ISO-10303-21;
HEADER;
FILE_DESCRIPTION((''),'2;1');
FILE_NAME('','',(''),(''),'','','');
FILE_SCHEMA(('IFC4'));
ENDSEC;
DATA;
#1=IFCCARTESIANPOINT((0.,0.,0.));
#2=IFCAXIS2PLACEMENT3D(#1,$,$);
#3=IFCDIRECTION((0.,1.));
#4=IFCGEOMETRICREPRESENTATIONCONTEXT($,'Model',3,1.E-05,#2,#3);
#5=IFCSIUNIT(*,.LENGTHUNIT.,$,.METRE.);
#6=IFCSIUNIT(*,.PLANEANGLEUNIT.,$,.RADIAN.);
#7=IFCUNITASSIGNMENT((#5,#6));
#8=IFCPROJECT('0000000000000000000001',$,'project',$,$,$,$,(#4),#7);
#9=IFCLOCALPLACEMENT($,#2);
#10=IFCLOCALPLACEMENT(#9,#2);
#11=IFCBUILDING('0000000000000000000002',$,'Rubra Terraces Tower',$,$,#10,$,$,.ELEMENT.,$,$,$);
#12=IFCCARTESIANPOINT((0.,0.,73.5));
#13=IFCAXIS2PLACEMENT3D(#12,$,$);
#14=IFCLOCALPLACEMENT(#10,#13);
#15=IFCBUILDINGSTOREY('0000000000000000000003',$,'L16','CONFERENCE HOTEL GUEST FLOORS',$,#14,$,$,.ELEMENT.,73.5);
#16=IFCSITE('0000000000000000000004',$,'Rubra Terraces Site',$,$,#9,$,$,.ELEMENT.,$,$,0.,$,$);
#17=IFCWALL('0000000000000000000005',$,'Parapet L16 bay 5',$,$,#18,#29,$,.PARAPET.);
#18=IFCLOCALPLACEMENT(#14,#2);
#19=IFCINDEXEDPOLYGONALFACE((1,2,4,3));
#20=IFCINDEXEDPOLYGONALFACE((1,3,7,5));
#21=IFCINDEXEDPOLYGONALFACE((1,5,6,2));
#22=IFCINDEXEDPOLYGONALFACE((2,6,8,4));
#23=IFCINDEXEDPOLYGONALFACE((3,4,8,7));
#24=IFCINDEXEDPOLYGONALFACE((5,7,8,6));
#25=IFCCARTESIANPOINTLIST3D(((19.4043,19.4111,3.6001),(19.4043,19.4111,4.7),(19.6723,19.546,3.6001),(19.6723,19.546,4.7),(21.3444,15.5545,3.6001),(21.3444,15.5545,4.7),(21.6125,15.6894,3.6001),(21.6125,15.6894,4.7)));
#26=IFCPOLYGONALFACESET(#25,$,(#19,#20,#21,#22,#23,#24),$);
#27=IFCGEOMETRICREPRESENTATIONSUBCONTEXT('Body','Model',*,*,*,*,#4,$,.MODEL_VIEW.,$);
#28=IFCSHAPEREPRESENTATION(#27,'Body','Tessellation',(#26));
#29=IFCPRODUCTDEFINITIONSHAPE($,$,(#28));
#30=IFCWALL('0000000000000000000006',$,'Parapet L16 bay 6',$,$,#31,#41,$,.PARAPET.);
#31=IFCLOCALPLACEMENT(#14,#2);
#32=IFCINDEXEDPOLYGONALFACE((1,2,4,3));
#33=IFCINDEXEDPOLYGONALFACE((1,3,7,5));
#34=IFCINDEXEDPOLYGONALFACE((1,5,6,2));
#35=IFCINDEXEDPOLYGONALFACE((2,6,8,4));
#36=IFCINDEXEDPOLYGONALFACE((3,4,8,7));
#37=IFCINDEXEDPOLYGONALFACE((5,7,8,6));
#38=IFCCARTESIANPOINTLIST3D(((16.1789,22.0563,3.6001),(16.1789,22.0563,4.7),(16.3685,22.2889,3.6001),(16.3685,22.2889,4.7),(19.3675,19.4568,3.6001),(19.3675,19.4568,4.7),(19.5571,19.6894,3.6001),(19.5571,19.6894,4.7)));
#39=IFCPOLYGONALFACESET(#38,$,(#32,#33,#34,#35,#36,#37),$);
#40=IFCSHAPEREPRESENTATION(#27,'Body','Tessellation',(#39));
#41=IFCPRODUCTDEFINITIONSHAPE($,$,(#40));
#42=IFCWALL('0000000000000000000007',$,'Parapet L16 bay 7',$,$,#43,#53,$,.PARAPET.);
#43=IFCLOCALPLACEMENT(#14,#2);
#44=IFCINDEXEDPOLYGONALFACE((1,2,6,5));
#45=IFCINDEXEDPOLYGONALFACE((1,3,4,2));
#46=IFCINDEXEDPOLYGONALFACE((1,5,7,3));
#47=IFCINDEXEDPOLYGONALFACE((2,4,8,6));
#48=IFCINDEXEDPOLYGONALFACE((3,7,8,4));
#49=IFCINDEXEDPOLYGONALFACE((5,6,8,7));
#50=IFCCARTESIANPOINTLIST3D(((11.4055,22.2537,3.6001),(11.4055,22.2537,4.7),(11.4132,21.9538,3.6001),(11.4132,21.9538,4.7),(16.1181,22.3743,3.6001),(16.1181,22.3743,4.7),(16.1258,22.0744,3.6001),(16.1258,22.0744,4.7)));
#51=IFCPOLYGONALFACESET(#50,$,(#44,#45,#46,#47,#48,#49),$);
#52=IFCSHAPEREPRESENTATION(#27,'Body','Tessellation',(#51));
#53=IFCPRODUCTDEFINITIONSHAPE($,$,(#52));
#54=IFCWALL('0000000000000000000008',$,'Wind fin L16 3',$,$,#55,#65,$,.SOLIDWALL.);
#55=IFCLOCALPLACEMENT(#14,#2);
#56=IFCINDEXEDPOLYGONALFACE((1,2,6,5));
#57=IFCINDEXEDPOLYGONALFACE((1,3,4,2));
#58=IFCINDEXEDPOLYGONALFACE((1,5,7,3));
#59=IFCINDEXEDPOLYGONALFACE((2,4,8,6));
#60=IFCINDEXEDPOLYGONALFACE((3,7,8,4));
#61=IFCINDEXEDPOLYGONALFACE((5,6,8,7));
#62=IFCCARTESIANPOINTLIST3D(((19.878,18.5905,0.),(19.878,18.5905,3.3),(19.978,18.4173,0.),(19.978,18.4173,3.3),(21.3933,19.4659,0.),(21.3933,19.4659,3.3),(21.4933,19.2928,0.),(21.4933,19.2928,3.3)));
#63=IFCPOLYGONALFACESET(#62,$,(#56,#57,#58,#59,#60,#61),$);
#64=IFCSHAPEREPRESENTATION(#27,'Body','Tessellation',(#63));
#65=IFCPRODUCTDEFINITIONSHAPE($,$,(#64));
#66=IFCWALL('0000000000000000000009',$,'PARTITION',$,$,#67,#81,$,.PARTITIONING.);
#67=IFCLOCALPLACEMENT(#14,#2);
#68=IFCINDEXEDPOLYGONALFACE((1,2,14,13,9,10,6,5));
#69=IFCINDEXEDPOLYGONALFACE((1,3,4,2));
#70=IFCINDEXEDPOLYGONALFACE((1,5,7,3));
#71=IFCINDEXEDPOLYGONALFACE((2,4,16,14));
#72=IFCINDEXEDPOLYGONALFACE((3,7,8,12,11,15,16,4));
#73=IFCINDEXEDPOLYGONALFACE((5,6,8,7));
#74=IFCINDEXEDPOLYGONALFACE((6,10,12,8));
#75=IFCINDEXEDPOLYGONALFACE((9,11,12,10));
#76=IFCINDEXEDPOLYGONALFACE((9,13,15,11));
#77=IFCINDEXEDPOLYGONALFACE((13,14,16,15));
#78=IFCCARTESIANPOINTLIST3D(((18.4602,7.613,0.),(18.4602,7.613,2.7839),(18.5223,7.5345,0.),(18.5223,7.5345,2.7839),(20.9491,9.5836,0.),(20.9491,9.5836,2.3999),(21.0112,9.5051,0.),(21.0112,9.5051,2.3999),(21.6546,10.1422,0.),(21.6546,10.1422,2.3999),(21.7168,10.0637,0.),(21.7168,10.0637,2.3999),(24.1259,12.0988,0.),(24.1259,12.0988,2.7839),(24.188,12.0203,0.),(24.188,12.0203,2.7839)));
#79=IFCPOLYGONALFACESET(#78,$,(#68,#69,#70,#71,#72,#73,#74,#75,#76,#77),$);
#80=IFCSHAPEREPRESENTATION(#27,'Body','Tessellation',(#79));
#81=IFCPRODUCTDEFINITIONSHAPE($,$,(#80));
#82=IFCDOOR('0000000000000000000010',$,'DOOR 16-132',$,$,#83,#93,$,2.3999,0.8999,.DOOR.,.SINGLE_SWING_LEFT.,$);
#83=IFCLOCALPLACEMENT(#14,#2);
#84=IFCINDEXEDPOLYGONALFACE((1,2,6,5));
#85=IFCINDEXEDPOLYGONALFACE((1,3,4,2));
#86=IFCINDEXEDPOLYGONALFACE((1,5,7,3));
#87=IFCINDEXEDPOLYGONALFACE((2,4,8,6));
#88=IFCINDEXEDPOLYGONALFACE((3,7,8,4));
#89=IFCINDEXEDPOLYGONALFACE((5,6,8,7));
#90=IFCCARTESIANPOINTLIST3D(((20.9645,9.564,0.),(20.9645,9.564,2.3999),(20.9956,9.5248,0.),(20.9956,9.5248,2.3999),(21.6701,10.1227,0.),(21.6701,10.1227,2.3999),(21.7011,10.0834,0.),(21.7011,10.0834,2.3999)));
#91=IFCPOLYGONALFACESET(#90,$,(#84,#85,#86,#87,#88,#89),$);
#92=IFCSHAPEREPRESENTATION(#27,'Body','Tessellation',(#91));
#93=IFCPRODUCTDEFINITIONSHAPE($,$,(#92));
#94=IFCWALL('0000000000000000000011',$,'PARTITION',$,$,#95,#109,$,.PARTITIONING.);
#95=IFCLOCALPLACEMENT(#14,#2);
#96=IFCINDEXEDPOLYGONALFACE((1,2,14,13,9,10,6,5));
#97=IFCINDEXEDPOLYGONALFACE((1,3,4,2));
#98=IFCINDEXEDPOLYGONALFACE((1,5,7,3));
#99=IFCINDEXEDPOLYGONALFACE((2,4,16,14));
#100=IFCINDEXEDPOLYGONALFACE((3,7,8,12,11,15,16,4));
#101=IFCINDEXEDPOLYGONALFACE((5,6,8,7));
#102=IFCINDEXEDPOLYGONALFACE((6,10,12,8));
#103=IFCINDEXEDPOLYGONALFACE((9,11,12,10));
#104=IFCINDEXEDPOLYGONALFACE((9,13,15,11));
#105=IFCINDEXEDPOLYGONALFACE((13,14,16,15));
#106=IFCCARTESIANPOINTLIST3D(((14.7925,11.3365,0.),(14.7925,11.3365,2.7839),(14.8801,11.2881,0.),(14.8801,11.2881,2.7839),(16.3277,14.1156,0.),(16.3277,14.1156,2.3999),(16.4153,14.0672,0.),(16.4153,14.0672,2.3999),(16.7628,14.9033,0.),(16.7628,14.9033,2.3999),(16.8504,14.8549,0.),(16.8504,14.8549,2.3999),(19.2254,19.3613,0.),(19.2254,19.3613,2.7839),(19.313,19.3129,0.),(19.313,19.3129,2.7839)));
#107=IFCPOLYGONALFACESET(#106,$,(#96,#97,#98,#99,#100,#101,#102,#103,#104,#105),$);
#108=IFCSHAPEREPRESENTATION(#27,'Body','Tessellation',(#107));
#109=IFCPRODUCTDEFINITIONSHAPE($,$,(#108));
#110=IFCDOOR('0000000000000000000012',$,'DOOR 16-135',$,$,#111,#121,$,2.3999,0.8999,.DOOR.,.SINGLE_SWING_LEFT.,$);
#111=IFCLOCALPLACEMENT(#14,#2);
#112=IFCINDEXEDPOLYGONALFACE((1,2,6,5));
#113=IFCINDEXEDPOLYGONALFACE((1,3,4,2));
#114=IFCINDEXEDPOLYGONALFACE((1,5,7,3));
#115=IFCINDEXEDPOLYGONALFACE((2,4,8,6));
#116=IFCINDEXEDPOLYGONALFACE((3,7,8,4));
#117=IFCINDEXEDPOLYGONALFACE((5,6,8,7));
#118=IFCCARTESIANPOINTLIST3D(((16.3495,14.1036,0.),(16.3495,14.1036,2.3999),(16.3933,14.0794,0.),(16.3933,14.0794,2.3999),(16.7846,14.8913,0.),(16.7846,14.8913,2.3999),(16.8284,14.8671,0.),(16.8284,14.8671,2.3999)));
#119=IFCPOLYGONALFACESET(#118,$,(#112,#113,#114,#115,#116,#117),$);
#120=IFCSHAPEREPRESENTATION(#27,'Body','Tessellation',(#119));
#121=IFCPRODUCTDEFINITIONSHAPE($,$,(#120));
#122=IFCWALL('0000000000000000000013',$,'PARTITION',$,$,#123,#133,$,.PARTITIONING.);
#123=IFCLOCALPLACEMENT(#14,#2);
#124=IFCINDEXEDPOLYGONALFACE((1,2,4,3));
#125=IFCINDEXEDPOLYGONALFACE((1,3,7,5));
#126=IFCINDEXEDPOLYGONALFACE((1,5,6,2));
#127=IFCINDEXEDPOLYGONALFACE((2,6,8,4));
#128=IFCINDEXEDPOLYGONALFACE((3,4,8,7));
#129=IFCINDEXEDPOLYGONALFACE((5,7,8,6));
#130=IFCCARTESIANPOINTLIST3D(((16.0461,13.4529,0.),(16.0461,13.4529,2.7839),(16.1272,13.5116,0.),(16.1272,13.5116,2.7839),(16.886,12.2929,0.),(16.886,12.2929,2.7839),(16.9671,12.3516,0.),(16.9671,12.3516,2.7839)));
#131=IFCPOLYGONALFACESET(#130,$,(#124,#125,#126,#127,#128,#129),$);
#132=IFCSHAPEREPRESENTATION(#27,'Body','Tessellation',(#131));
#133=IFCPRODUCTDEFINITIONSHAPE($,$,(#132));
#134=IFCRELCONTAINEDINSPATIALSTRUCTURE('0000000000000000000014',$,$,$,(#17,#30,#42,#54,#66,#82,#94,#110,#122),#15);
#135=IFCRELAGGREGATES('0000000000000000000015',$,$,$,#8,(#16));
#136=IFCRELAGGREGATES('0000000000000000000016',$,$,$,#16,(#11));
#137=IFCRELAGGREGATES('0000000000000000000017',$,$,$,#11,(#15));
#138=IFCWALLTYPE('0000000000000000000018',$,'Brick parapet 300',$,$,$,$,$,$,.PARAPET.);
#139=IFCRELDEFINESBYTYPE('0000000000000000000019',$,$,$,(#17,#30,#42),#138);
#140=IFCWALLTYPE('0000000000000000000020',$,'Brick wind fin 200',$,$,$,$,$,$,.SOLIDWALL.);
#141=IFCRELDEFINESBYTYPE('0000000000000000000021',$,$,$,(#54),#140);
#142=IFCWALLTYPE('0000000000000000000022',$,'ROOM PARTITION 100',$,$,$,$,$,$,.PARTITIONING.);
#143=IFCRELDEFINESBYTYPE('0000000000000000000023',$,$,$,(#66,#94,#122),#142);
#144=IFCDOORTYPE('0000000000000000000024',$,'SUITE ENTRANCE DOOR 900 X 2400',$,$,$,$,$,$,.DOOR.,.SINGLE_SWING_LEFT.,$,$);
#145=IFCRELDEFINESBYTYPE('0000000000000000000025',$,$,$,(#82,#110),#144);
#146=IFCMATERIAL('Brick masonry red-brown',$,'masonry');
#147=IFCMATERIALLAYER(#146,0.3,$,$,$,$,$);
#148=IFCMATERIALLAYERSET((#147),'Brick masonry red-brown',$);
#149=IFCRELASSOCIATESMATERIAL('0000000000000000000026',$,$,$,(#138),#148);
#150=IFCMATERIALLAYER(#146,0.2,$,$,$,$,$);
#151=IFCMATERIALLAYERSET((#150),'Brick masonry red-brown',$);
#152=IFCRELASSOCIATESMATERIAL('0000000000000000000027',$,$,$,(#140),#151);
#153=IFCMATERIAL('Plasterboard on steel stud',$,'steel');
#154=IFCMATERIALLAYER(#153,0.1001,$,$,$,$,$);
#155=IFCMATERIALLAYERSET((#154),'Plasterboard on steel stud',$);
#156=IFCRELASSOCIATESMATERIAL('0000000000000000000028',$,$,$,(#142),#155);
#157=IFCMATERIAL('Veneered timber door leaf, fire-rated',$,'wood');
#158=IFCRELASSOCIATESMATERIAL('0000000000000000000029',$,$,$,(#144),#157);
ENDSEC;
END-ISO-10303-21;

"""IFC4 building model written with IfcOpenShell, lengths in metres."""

from ifc_helpers import new_model, si_unit, direction, frame, frame_2d, origin, place, context, subcontext, project, spatial, rectangle, extrude, material, layer, layer_set, type_object, element, fill, save


model = new_model("IFC4")

# Units and contexts
model_context = context("Model", 3, precision=1e-05, world=origin(), true_north=direction((0.0, 1.0)))
body_context = subcontext(model_context, "Body", "Model", "MODEL_VIEW")
ifc_project = project(units=[si_unit("LENGTHUNIT", "METRE"), si_unit("PLANEANGLEUNIT", "RADIAN")], contexts=[model_context])

# Site, building, storey
site_placement = place(None, origin())
site = spatial("IfcSite", under=ifc_project, at=site_placement, Name="Rubra Terraces Site", CompositionType="ELEMENT", RefElevation=0.0)
building_placement = place(site_placement, origin())
building = spatial("IfcBuilding", under=site, at=building_placement, Name="Rubra Terraces Tower", CompositionType="ELEMENT")
storey_placement = place(building_placement, frame((0.0, 0.0, 73.5)))
storey = spatial("IfcBuildingStorey", under=building, at=storey_placement, Name="L16", Description="CONFERENCE HOTEL GUEST FLOORS", CompositionType="ELEMENT", Elevation=73.5)

# Shared definitions
ifc_material_1 = material(Name="Brick masonry red-brown", Category="masonry")

# Walls
ifc_layer_1 = layer(ifc_material_1, 0.3)
ifc_layer_set_1 = layer_set([ifc_layer_1], Name="Brick masonry red-brown")
wall_type_1 = type_object("IfcWallType", Name="Brick parapet 300", PredefinedType="PARAPET", material=ifc_layer_set_1)
wall_1_placement = place(storey_placement, frame((21.4785, 15.6218, 3.6001), z_axis=(0.0, 0.0, 1.0), x_axis=(-0.449406, 0.893327, 0.0)))
element("IfcWall", 1, at=wall_1_placement, inside=storey, type_object=wall_type_1, Name="Parapet L16 bay 5", PredefinedType="PARAPET", context=body_context, shape_type="SweptSolid", body=[
    extrude(rectangle(XDim=4.3171, YDim=0.3, at=frame_2d((2.1587, 0.0))), origin(), (0.0, 0.0, 1.0), 1.0999),
])
wall_2_placement = place(storey_placement, frame((19.4624, 19.573, 3.6001), z_axis=(0.0, 0.0, 1.0), x_axis=(-0.775069, 0.631876, 0.0)))
element("IfcWall", 2, at=wall_2_placement, inside=storey, type_object=wall_type_1, Name="Parapet L16 bay 6", PredefinedType="PARAPET", context=body_context, shape_type="SweptSolid", body=[
    extrude(rectangle(XDim=4.114, YDim=0.3, at=frame_2d((2.0571, 0.0))), origin(), (0.0, 0.0, 1.0), 1.0999),
])
wall_3_placement = place(storey_placement, frame((16.1218, 22.2244, 3.6001), z_axis=(0.0, 0.0, 1.0), x_axis=(-0.999673, -0.025584, 0.0)))
element("IfcWall", 3, at=wall_3_placement, inside=storey, type_object=wall_type_1, Name="Parapet L16 bay 7", PredefinedType="PARAPET", context=body_context, shape_type="SweptSolid", body=[
    extrude(rectangle(XDim=4.7141, YDim=0.3, at=frame_2d((2.3569, 0.0))), origin(), (0.0, 0.0, 1.0), 1.0999),
])
ifc_layer_2 = layer(ifc_material_1, 0.2)
ifc_layer_set_2 = layer_set([ifc_layer_2], Name="Brick masonry red-brown")
wall_type_2 = type_object("IfcWallType", Name="Brick wind fin 200", PredefinedType="SOLIDWALL", material=ifc_layer_set_2)
wall_4_placement = place(storey_placement, frame((19.928, 18.5039, 0.0), z_axis=(0.0, 0.0, 1.0), x_axis=(0.865881, 0.50025, 0.0)))
element("IfcWall", 4, at=wall_4_placement, inside=storey, type_object=wall_type_2, Name="Wind fin L16 3", PredefinedType="SOLIDWALL", context=body_context, shape_type="SweptSolid", body=[
    extrude(rectangle(XDim=1.75, YDim=0.2, at=frame_2d((0.875, 0.0))), origin(), (0.0, 0.0, 1.0), 3.3),
])

# Walls, openings, doors
ifc_material_2 = material(Name="Plasterboard on steel stud", Category="steel")
ifc_layer_3 = layer(ifc_material_2, 0.1001)
ifc_layer_set_3 = layer_set([ifc_layer_3], Name="Plasterboard on steel stud")
wall_type_3 = type_object("IfcWallType", Name="ROOM PARTITION 100", PredefinedType="PARTITIONING", material=ifc_layer_set_3)
wall_5_placement = place(storey_placement, frame((24.157, 12.0596, 0.0), z_axis=(0.0, 0.0, 1.0), x_axis=(-0.784016, -0.62074, 0.0)))
wall_5 = element("IfcWall", 5, at=wall_5_placement, inside=storey, type_object=wall_type_3, Name="PARTITION", PredefinedType="PARTITIONING", context=body_context, shape_type="SweptSolid", body=[
    extrude(rectangle(XDim=7.2266, YDim=0.1001, at=frame_2d((3.6133, 0.0))), origin(), (0.0, 0.0, 1.0), 2.7839),
])
opening_1_placement = place(wall_5_placement, frame((3.1521, 0.0, 0.0)))
opening_1 = element("IfcOpeningElement", 6, at=opening_1_placement, cuts=wall_5, PredefinedType="OPENING", context=body_context, shape_type="SweptSolid", body=[
    extrude(rectangle(XDim=0.8999, YDim=2.3999, at=frame_2d((0.45, 1.2))), frame((0.0, 0.0601, 0.0), z_axis=(0.0, -1.0, 0.0), x_axis=(1.0, 0.0, 0.0)), (0.0, 0.0, 1.0), 0.1201),
])
ifc_material_3 = material(Name="Veneered timber door leaf, fire-rated", Category="wood")
door_type = type_object("IfcDoorType", Name="SUITE ENTRANCE DOOR 900 X 2400", OperationType="SINGLE_SWING_LEFT", PredefinedType="DOOR", material=ifc_material_3)
door_1_placement = place(opening_1_placement, origin())
door_1 = element("IfcDoor", 7, at=door_1_placement, inside=storey, type_object=door_type, Name="DOOR 16-132", OperationType="SINGLE_SWING_LEFT", OverallHeight=2.3999, OverallWidth=0.8999, PredefinedType="DOOR", context=body_context, shape_type="SweptSolid", body=[
    extrude(rectangle(XDim=0.8999, YDim=2.3999, at=frame_2d((0.45, 1.2))), frame((0.0, 0.0249, 0.0), z_axis=(0.0, -1.0, 0.0), x_axis=(1.0, 0.0, 0.0)), (0.0, 0.0, 1.0), 0.05),
])
fill(opening_1, door_1)
wall_6_placement = place(storey_placement, frame((19.2693, 19.3372, 0.0), z_axis=(0.0, 0.0, 1.0), x_axis=(-0.483534, -0.875325, 0.0)))
wall_6 = element("IfcWall", 8, at=wall_6_placement, inside=storey, type_object=wall_type_3, Name="PARTITION", PredefinedType="PARTITIONING", context=body_context, shape_type="SweptSolid", body=[
    extrude(rectangle(XDim=9.1677, YDim=0.1001, at=frame_2d((4.584, 0.0))), origin(), (0.0, 0.0, 1.0), 2.7839),
])
opening_2_placement = place(wall_6_placement, frame((5.093, 0.0, 0.0)))
opening_2 = element("IfcOpeningElement", 9, at=opening_2_placement, cuts=wall_6, PredefinedType="OPENING", context=body_context, shape_type="SweptSolid", body=[
    extrude(rectangle(XDim=0.8999, YDim=2.3999, at=frame_2d((0.45, 1.2))), frame((0.0, 0.0601, 0.0), z_axis=(0.0, -1.0, 0.0), x_axis=(1.0, 0.0, 0.0)), (0.0, 0.0, 1.0), 0.1201),
])
door_2_placement = place(opening_2_placement, origin())
door_2 = element("IfcDoor", 10, at=door_2_placement, inside=storey, type_object=door_type, Name="DOOR 16-135", OperationType="SINGLE_SWING_LEFT", OverallHeight=2.3999, OverallWidth=0.8999, PredefinedType="DOOR", context=body_context, shape_type="SweptSolid", body=[
    extrude(rectangle(XDim=0.8999, YDim=2.3999, at=frame_2d((0.45, 1.2))), frame((0.0, 0.0249, 0.0), z_axis=(0.0, -1.0, 0.0), x_axis=(1.0, 0.0, 0.0)), (0.0, 0.0, 1.0), 0.05),
])
fill(opening_2, door_2)

# Wall
wall_7_placement = place(storey_placement, frame((16.9265, 12.3223, 0.0), z_axis=(0.0, 0.0, 1.0), x_axis=(-0.586467, 0.809973, 0.0)))
element("IfcWall", 11, at=wall_7_placement, inside=storey, type_object=wall_type_3, Name="PARTITION", PredefinedType="PARTITIONING", context=body_context, shape_type="SweptSolid", body=[
    extrude(rectangle(XDim=1.4321, YDim=0.1001, at=frame_2d((0.7161, 0.0))), origin(), (0.0, 0.0, 1.0), 2.7839),
])

save(model, "model.ifc")
